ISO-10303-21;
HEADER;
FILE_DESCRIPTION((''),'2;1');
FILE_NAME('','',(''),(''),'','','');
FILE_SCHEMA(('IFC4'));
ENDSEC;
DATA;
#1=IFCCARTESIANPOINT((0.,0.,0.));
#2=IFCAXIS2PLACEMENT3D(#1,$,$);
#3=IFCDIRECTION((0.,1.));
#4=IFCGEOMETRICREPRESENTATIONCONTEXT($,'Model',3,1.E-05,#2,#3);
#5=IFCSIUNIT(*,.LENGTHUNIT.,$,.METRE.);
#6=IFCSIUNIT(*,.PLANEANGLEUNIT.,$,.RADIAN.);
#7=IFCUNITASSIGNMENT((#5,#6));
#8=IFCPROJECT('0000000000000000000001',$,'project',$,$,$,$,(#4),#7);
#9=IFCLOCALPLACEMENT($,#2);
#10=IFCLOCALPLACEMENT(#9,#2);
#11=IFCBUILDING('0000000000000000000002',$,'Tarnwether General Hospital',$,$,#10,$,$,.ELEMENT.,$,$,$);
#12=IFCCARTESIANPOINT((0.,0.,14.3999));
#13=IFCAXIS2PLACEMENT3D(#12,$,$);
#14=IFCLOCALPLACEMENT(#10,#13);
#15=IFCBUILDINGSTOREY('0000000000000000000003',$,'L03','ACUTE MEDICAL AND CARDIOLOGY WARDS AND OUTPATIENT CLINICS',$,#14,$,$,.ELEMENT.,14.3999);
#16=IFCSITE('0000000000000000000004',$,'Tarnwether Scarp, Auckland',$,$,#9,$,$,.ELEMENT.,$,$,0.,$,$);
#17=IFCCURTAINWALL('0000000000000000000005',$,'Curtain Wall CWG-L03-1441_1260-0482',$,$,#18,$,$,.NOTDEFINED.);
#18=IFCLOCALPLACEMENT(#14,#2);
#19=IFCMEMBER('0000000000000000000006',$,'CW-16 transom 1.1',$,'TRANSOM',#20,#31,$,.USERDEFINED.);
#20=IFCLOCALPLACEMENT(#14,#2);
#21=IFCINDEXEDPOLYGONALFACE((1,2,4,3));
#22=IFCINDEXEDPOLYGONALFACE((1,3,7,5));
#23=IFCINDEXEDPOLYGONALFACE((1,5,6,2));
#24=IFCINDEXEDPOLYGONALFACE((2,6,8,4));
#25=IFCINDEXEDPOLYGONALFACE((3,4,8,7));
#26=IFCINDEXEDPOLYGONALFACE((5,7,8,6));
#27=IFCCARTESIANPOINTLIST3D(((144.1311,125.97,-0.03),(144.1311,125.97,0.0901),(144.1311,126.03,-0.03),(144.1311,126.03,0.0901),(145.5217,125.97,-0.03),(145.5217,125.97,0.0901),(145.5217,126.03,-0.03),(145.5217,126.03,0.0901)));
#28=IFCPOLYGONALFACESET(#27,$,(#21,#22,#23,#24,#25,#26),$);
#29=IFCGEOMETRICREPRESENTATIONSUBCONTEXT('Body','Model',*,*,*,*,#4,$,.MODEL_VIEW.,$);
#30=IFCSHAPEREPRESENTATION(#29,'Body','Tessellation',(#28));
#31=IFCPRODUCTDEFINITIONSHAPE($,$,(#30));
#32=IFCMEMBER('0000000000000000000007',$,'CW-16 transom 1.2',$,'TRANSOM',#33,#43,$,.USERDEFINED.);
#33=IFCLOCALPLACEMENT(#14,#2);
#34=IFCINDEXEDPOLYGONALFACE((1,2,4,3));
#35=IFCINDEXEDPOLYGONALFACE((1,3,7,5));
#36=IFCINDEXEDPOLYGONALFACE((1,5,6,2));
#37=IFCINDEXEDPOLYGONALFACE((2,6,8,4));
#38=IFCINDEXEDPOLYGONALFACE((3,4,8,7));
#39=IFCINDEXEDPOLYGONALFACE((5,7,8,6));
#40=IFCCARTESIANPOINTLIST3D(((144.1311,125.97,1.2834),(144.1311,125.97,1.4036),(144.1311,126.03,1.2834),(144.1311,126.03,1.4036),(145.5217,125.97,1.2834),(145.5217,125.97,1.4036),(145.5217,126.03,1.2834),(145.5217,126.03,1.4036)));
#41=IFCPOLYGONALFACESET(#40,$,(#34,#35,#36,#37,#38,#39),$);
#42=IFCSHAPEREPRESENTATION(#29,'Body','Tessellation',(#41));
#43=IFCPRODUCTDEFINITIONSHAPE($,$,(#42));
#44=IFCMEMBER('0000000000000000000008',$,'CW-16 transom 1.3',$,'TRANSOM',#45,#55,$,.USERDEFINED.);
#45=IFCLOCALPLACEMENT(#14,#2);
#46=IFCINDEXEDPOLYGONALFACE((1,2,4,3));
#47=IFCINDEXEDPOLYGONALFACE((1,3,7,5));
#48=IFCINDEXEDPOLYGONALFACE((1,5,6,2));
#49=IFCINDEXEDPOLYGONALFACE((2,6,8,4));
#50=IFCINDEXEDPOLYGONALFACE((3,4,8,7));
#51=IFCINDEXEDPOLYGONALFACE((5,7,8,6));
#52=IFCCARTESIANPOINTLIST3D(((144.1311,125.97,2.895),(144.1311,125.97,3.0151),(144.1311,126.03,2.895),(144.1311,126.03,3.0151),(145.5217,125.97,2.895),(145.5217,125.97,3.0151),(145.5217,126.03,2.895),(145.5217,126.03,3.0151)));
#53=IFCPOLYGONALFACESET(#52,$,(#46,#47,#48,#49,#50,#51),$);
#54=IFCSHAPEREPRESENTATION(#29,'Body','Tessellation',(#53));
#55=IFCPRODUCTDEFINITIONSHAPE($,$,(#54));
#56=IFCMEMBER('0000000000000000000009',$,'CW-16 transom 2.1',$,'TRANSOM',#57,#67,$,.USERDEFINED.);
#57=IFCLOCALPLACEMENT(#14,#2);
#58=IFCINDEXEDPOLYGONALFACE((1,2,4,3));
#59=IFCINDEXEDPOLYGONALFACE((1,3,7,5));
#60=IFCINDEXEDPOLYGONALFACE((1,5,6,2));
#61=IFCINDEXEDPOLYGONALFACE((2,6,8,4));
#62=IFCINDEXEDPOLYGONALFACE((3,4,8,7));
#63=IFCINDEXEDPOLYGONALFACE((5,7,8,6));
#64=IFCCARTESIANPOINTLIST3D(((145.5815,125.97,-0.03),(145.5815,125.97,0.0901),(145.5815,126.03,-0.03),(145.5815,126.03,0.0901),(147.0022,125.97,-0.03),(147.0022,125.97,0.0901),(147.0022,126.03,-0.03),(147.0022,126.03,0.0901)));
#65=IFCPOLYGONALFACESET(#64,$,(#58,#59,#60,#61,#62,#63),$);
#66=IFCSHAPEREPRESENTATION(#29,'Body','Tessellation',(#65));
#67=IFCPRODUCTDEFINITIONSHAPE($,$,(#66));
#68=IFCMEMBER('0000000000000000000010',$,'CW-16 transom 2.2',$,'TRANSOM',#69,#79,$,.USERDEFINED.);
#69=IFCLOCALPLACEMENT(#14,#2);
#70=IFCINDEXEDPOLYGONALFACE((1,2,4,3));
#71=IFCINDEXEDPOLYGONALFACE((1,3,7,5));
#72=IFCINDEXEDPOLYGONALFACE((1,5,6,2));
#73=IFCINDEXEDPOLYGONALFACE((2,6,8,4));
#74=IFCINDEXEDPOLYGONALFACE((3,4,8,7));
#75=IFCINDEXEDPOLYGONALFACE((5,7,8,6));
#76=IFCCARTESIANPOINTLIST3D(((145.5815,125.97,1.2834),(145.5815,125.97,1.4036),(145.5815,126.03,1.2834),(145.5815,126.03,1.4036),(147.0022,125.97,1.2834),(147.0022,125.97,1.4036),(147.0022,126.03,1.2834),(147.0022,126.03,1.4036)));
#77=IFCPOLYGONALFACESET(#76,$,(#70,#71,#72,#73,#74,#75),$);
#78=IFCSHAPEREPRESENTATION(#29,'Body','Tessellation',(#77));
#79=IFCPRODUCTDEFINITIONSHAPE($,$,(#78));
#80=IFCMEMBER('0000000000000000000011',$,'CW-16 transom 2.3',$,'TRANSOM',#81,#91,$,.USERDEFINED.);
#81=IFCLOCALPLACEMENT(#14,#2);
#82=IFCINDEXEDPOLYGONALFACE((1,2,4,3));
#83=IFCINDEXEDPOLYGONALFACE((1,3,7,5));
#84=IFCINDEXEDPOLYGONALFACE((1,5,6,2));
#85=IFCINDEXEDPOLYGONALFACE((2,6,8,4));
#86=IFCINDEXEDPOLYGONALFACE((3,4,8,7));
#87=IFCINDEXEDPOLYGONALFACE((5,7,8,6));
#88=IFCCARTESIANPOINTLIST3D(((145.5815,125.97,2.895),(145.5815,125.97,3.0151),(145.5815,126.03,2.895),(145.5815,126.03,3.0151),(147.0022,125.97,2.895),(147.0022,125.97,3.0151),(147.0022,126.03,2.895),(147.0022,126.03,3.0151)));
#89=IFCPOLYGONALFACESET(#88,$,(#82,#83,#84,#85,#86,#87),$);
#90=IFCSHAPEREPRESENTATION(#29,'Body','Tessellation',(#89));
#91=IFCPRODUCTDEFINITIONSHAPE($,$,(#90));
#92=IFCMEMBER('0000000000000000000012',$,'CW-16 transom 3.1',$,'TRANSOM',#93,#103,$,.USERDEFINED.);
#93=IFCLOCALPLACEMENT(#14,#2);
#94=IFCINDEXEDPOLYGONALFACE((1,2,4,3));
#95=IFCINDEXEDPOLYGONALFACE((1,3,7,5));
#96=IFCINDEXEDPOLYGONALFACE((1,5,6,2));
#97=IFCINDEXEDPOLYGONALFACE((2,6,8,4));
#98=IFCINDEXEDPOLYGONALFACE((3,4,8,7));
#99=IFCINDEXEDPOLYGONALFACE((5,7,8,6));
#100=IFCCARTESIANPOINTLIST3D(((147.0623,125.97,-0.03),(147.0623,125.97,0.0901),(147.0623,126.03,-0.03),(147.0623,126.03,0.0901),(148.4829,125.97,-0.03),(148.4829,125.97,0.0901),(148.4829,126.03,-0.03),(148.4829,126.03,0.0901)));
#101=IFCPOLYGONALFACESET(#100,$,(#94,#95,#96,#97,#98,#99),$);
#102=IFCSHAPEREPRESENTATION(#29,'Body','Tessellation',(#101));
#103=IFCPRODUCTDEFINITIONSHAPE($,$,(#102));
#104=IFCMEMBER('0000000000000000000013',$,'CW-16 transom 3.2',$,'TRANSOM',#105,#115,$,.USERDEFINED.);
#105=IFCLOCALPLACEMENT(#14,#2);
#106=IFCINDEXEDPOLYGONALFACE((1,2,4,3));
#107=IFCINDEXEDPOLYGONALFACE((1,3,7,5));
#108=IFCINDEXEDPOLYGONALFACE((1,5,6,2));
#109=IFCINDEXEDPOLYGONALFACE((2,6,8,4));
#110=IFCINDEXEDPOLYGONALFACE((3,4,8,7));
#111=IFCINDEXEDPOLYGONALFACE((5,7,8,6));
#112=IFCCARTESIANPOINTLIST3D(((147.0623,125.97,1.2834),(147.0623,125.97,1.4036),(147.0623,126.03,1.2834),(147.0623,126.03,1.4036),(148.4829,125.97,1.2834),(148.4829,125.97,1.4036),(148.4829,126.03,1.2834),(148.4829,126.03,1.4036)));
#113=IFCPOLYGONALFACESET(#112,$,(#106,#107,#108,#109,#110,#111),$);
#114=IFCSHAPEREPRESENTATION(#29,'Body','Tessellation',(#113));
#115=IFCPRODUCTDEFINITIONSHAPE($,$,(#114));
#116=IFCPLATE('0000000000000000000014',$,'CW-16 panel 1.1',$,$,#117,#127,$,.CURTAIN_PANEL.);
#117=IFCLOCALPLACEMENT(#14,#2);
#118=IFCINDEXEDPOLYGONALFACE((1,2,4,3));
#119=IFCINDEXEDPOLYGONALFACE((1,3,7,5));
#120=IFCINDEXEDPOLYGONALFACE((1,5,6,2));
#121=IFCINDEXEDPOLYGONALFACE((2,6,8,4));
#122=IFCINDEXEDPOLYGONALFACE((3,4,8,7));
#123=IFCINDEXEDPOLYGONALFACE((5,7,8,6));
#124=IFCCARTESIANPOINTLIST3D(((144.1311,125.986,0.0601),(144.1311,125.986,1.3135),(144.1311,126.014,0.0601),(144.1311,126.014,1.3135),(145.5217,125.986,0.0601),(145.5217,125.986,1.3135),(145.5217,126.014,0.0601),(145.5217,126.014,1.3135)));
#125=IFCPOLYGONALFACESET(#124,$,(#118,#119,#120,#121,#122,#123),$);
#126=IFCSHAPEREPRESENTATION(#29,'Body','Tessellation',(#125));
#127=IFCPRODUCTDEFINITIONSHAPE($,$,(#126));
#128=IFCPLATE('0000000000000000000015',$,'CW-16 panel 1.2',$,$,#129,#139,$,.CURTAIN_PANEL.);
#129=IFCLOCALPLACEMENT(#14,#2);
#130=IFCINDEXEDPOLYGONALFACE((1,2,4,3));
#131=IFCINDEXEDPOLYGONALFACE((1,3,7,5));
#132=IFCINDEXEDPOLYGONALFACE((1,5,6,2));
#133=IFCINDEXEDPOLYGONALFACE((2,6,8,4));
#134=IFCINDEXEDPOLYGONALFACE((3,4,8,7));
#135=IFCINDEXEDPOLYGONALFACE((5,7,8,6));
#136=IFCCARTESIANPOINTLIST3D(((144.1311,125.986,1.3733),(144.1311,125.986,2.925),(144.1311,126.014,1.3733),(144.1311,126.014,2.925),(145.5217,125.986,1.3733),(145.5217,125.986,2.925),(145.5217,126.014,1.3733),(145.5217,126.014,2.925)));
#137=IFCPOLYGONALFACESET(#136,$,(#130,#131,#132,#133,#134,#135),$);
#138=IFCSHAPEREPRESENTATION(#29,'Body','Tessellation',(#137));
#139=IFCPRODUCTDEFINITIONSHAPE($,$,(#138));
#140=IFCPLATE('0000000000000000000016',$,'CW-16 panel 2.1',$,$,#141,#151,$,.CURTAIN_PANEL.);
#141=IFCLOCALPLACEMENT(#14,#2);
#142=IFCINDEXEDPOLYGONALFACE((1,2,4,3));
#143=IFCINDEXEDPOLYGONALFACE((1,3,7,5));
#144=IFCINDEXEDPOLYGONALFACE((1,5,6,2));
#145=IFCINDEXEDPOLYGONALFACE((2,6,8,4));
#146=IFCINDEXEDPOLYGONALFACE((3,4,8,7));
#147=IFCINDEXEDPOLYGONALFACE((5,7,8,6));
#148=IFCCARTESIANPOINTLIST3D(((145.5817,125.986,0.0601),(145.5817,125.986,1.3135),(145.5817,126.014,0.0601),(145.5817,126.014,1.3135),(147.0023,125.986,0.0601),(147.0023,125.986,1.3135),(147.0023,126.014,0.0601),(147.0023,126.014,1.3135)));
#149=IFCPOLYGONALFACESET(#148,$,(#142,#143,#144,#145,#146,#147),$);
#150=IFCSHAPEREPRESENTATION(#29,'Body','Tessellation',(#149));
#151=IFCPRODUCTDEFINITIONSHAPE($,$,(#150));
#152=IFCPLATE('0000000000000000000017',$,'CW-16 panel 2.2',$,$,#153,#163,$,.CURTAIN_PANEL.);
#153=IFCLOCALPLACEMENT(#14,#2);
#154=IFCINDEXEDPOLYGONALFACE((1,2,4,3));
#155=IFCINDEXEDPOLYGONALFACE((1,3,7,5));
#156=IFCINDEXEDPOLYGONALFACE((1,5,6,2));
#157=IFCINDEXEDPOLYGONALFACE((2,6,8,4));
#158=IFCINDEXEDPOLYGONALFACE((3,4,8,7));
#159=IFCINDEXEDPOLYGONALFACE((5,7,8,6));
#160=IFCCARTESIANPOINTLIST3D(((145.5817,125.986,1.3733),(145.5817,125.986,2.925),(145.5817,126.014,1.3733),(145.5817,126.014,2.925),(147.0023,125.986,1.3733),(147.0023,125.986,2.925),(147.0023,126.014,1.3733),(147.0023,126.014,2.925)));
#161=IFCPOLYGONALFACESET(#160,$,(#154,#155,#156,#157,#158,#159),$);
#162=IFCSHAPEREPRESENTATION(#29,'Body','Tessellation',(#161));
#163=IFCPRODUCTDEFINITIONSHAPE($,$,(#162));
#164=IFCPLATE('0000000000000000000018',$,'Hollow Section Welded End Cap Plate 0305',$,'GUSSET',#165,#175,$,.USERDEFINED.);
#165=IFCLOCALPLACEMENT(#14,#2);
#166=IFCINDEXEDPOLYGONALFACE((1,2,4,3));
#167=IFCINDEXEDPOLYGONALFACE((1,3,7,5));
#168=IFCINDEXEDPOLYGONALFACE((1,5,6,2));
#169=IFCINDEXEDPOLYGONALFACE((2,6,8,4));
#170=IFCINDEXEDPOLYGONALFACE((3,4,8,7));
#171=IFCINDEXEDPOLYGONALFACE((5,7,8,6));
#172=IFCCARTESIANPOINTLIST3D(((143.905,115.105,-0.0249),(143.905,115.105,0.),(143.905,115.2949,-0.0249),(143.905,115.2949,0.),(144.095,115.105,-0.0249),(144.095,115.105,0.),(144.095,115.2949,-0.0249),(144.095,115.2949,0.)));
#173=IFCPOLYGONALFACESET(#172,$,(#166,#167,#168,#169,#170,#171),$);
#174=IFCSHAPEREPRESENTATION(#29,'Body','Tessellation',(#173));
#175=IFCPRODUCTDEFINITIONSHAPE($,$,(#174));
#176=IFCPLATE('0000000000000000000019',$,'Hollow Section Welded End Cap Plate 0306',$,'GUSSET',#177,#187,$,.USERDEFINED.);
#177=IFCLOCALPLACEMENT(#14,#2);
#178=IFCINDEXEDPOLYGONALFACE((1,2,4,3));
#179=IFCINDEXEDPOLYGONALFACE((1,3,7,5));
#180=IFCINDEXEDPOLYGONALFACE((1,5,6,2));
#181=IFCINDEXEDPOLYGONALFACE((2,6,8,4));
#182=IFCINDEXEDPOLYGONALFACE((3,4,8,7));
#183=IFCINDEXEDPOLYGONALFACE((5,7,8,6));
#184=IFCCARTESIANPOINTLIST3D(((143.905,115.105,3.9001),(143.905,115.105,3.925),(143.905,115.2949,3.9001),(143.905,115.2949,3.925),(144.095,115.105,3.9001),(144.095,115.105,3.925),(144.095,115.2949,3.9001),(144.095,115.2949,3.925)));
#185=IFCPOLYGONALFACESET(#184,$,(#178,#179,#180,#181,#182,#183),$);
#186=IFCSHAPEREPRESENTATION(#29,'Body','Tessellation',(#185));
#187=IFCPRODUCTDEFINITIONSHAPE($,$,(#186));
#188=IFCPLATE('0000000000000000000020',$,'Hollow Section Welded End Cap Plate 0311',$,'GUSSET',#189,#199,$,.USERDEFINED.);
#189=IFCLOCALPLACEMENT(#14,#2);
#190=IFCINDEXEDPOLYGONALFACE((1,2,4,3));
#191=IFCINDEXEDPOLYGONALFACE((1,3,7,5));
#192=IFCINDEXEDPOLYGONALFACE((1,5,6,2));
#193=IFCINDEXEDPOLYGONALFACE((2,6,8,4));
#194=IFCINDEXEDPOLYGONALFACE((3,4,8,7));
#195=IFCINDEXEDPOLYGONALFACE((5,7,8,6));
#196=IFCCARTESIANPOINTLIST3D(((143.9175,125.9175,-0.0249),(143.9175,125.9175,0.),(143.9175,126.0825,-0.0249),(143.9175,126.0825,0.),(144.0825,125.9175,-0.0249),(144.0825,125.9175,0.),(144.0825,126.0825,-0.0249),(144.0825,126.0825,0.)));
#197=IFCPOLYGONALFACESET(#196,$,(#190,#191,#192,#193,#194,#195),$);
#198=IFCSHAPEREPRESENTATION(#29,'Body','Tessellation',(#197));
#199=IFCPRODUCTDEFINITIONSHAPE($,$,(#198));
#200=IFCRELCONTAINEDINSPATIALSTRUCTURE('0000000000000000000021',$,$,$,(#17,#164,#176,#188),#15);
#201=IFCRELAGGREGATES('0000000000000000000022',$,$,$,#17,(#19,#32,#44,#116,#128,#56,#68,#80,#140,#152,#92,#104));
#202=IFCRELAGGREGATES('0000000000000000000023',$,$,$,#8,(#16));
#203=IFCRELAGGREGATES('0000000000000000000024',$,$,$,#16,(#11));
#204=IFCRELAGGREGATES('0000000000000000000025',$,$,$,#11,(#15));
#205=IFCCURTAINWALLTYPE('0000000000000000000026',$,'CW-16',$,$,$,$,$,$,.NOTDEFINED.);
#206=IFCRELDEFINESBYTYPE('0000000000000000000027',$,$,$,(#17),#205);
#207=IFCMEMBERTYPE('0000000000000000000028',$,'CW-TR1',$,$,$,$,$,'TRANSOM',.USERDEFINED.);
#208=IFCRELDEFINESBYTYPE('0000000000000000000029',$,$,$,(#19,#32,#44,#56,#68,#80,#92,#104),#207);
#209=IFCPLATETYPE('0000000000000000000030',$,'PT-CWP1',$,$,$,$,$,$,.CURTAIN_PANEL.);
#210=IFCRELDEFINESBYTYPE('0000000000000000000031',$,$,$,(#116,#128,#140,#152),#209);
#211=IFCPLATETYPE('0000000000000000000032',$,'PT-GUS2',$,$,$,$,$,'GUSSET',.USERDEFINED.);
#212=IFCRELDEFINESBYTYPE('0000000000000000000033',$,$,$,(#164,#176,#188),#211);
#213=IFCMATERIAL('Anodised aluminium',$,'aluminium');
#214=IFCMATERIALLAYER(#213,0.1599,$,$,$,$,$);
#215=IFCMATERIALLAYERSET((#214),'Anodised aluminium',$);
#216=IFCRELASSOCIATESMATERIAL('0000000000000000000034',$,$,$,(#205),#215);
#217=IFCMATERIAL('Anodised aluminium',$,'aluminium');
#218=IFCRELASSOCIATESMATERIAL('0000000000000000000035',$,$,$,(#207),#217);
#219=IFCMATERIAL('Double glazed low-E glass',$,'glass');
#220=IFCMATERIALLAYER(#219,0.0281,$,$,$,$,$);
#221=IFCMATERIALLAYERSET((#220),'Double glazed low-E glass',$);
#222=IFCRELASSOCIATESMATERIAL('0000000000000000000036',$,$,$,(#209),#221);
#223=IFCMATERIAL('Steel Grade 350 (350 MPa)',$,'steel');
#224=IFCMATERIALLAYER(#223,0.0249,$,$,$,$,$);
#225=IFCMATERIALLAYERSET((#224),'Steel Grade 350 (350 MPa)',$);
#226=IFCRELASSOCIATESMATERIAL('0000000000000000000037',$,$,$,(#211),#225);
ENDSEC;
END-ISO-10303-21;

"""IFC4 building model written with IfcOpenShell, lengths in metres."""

from ifc_helpers import new_model, si_unit, direction, frame, origin, origin_2d, place, context, subcontext, project, spatial, rectangle, extrude, material, layer, layer_set, material_profile, profile_set, type_object, element, aggregate, save


model = new_model("IFC4")

# Units and contexts
model_context = context("Model", 3, precision=1e-05, world=origin(), true_north=direction((0.0, 1.0)))
body_context = subcontext(model_context, "Body", "Model", "MODEL_VIEW")
ifc_project = project(units=[si_unit("LENGTHUNIT", "METRE"), si_unit("PLANEANGLEUNIT", "RADIAN")], contexts=[model_context])

# Site, building, storey
site_placement = place(None, origin())
site = spatial("IfcSite", under=ifc_project, at=site_placement, Name="Tarnwether Scarp, Auckland", CompositionType="ELEMENT", RefElevation=0.0)
building_placement = place(site_placement, origin())
building = spatial("IfcBuilding", under=site, at=building_placement, Name="Tarnwether General Hospital", CompositionType="ELEMENT")
storey_placement = place(building_placement, frame((0.0, 0.0, 14.3999)))
storey = spatial("IfcBuildingStorey", under=building, at=storey_placement, Name="L03", Description="ACUTE MEDICAL AND CARDIOLOGY WARDS AND OUTPATIENT CLINICS", CompositionType="ELEMENT", Elevation=14.3999)

# Curtain wall, members, plates
ifc_material_1 = material(Name="Anodised aluminium", Category="aluminium")
ifc_layer_1 = layer(ifc_material_1, 0.1599)
ifc_layer_set_1 = layer_set([ifc_layer_1], Name="Anodised aluminium")
curtain_wall_type = type_object("IfcCurtainWallType", Name="CW-16", PredefinedType="NOTDEFINED", material=ifc_layer_set_1)
curtain_wall_placement = place(storey_placement, origin())
curtain_wall = element("IfcCurtainWall", 1, at=curtain_wall_placement, inside=storey, type_object=curtain_wall_type, Name="Curtain Wall CWG-L03-1441_1260-0482", PredefinedType="NOTDEFINED")
ifc_material_2 = material(Name="Anodised aluminium", Category="aluminium")
ifc_material_profile_1 = material_profile(ifc_material_2, rectangle(XDim=0.0601, YDim=0.1201, at=origin_2d()), Name="ALU-TRN-60x120")
ifc_profile_set_1 = profile_set([ifc_material_profile_1], Name="Anodised aluminium")
member_type_1 = type_object("IfcMemberType", Name="CW-TR1", ElementType="TRANSOM", PredefinedType="USERDEFINED", material=ifc_profile_set_1)
member_1_placement = place(storey_placement, frame((144.1311, 126.0, 0.03), z_axis=(1.0, 0.0, 0.0), x_axis=(0.0, 1.0, 0.0)))
member_1 = element("IfcMember", 2, at=member_1_placement, type_object=member_type_1, Name="CW-16 transom 1.1", ObjectType="TRANSOM", PredefinedType="USERDEFINED", context=body_context, shape_type="SweptSolid", body=[
    extrude(rectangle(XDim=0.0601, YDim=0.1201, at=origin_2d()), origin(), (0.0, 0.0, 1.0), 1.3906),
])
member_2_placement = place(storey_placement, frame((144.1311, 126.0, 1.3435), z_axis=(1.0, 0.0, 0.0), x_axis=(0.0, 1.0, 0.0)))
member_2 = element("IfcMember", 3, at=member_2_placement, type_object=member_type_1, Name="CW-16 transom 1.2", ObjectType="TRANSOM", PredefinedType="USERDEFINED", context=body_context, shape_type="SweptSolid", body=[
    extrude(rectangle(XDim=0.0601, YDim=0.1201, at=origin_2d()), origin(), (0.0, 0.0, 1.0), 1.3906),
])
member_3_placement = place(storey_placement, frame((144.1311, 126.0, 2.9551), z_axis=(1.0, 0.0, 0.0), x_axis=(0.0, 1.0, 0.0)))
member_3 = element("IfcMember", 4, at=member_3_placement, type_object=member_type_1, Name="CW-16 transom 1.3", ObjectType="TRANSOM", PredefinedType="USERDEFINED", context=body_context, shape_type="SweptSolid", body=[
    extrude(rectangle(XDim=0.0601, YDim=0.1201, at=origin_2d()), origin(), (0.0, 0.0, 1.0), 1.3906),
])
member_4_placement = place(storey_placement, frame((145.5815, 126.0, 0.03), z_axis=(1.0, 0.0, 0.0), x_axis=(0.0, 1.0, 0.0)))
member_4 = element("IfcMember", 5, at=member_4_placement, type_object=member_type_1, Name="CW-16 transom 2.1", ObjectType="TRANSOM", PredefinedType="USERDEFINED", context=body_context, shape_type="SweptSolid", body=[
    extrude(rectangle(XDim=0.0601, YDim=0.1201, at=origin_2d()), origin(), (0.0, 0.0, 1.0), 1.4207),
])
member_5_placement = place(storey_placement, frame((145.5815, 126.0, 1.3435), z_axis=(1.0, 0.0, 0.0), x_axis=(0.0, 1.0, 0.0)))
member_5 = element("IfcMember", 6, at=member_5_placement, type_object=member_type_1, Name="CW-16 transom 2.2", ObjectType="TRANSOM", PredefinedType="USERDEFINED", context=body_context, shape_type="SweptSolid", body=[
    extrude(rectangle(XDim=0.0601, YDim=0.1201, at=origin_2d()), origin(), (0.0, 0.0, 1.0), 1.4207),
])
member_6_placement = place(storey_placement, frame((145.5815, 126.0, 2.9551), z_axis=(1.0, 0.0, 0.0), x_axis=(0.0, 1.0, 0.0)))
member_6 = element("IfcMember", 7, at=member_6_placement, type_object=member_type_1, Name="CW-16 transom 2.3", ObjectType="TRANSOM", PredefinedType="USERDEFINED", context=body_context, shape_type="SweptSolid", body=[
    extrude(rectangle(XDim=0.0601, YDim=0.1201, at=origin_2d()), origin(), (0.0, 0.0, 1.0), 1.4207),
])
member_7_placement = place(storey_placement, frame((147.0623, 126.0, 0.03), z_axis=(1.0, 0.0, 0.0), x_axis=(0.0, 1.0, 0.0)))
member_7 = element("IfcMember", 8, at=member_7_placement, type_object=member_type_1, Name="CW-16 transom 3.1", ObjectType="TRANSOM", PredefinedType="USERDEFINED", context=body_context, shape_type="SweptSolid", body=[
    extrude(rectangle(XDim=0.0601, YDim=0.1201, at=origin_2d()), origin(), (0.0, 0.0, 1.0), 1.4207),
])
member_8_placement = place(storey_placement, frame((147.0623, 126.0, 1.3435), z_axis=(1.0, 0.0, 0.0), x_axis=(0.0, 1.0, 0.0)))
member_8 = element("IfcMember", 9, at=member_8_placement, type_object=member_type_1, Name="CW-16 transom 3.2", ObjectType="TRANSOM", PredefinedType="USERDEFINED", context=body_context, shape_type="SweptSolid", body=[
    extrude(rectangle(XDim=0.0601, YDim=0.1201, at=origin_2d()), origin(), (0.0, 0.0, 1.0), 1.4207),
])
ifc_material_3 = material(Name="Double glazed low-E glass", Category="glass")
ifc_layer_2 = layer(ifc_material_3, 0.0281)
ifc_layer_set_2 = layer_set([ifc_layer_2], Name="Double glazed low-E glass")
plate_type_1 = type_object("IfcPlateType", Name="PT-CWP1", PredefinedType="CURTAIN_PANEL", material=ifc_layer_set_2)
plate_1_placement = place(storey_placement, frame((144.8264, 126.0, 0.0601), z_axis=(0.0, 0.0, 1.0), x_axis=(1.0, 0.0, 0.0)))
plate_1 = element("IfcPlate", 10, at=plate_1_placement, type_object=plate_type_1, Name="CW-16 panel 1.1", PredefinedType="CURTAIN_PANEL", context=body_context, shape_type="SweptSolid", body=[
    extrude(rectangle(XDim=1.3906, YDim=0.0281, at=origin_2d()), origin(), (0.0, 0.0, 1.0), 1.2534),
])
plate_2_placement = place(storey_placement, frame((144.8264, 126.0, 1.3733), z_axis=(0.0, 0.0, 1.0), x_axis=(1.0, 0.0, 0.0)))
plate_2 = element("IfcPlate", 11, at=plate_2_placement, type_object=plate_type_1, Name="CW-16 panel 1.2", PredefinedType="CURTAIN_PANEL", context=body_context, shape_type="SweptSolid", body=[
    extrude(rectangle(XDim=1.3906, YDim=0.0281, at=origin_2d()), origin(), (0.0, 0.0, 1.0), 1.5518),
])
plate_3_placement = place(storey_placement, frame((146.292, 126.0, 0.0601), z_axis=(0.0, 0.0, 1.0), x_axis=(1.0, 0.0, 0.0)))
plate_3 = element("IfcPlate", 12, at=plate_3_placement, type_object=plate_type_1, Name="CW-16 panel 2.1", PredefinedType="CURTAIN_PANEL", context=body_context, shape_type="SweptSolid", body=[
    extrude(rectangle(XDim=1.4207, YDim=0.0281, at=origin_2d()), origin(), (0.0, 0.0, 1.0), 1.2534),
])
plate_4_placement = place(storey_placement, frame((146.292, 126.0, 1.3733), z_axis=(0.0, 0.0, 1.0), x_axis=(1.0, 0.0, 0.0)))
plate_4 = element("IfcPlate", 13, at=plate_4_placement, type_object=plate_type_1, Name="CW-16 panel 2.2", PredefinedType="CURTAIN_PANEL", context=body_context, shape_type="SweptSolid", body=[
    extrude(rectangle(XDim=1.4207, YDim=0.0281, at=origin_2d()), origin(), (0.0, 0.0, 1.0), 1.5518),
])
aggregate(curtain_wall, [member_1, member_2, member_3, plate_1, plate_2, member_4, member_5, member_6, plate_3, plate_4, member_7, member_8])

# Plates
ifc_material_4 = material(Name="Steel Grade 350 (350 MPa)", Category="steel")
ifc_layer_3 = layer(ifc_material_4, 0.0249)
ifc_layer_set_3 = layer_set([ifc_layer_3], Name="Steel Grade 350 (350 MPa)")
plate_type_2 = type_object("IfcPlateType", Name="PT-GUS2", ElementType="GUSSET", PredefinedType="USERDEFINED", material=ifc_layer_set_3)
for number, where, z_axis, x_axis, name in (
    (14, (144.0, 115.2, -0.0249), (0.0, 0.0, 1.0), (1.0, 0.0, 0.0), "Hollow Section Welded End Cap Plate 0305"),
    (15, (144.0, 115.2, 3.9001), (0.0, 0.0, 1.0), (1.0, 0.0, 0.0), "Hollow Section Welded End Cap Plate 0306"),
):
    element("IfcPlate", number, at=place(storey_placement, frame(where, z_axis=z_axis, x_axis=x_axis)), inside=storey, type_object=plate_type_2, Name=name, ObjectType="GUSSET", PredefinedType="USERDEFINED", context=body_context, shape_type="SweptSolid", body=[
        extrude(rectangle(XDim=0.1899, YDim=0.1899, at=origin_2d()), origin(), (0.0, 0.0, 1.0), 0.0249),
    ])
for number, where, z_axis, x_axis, name in (
    (16, (144.0, 126.0, -0.0249), (0.0, 0.0, 1.0), (1.0, 0.0, 0.0), "Hollow Section Welded End Cap Plate 0311"),
):
    element("IfcPlate", number, at=place(storey_placement, frame(where, z_axis=z_axis, x_axis=x_axis)), inside=storey, type_object=plate_type_2, Name=name, ObjectType="GUSSET", PredefinedType="USERDEFINED", context=body_context, shape_type="SweptSolid", body=[
        extrude(rectangle(XDim=0.165, YDim=0.165, at=origin_2d()), origin(), (0.0, 0.0, 1.0), 0.0249),
    ])

save(model, "model.ifc")
